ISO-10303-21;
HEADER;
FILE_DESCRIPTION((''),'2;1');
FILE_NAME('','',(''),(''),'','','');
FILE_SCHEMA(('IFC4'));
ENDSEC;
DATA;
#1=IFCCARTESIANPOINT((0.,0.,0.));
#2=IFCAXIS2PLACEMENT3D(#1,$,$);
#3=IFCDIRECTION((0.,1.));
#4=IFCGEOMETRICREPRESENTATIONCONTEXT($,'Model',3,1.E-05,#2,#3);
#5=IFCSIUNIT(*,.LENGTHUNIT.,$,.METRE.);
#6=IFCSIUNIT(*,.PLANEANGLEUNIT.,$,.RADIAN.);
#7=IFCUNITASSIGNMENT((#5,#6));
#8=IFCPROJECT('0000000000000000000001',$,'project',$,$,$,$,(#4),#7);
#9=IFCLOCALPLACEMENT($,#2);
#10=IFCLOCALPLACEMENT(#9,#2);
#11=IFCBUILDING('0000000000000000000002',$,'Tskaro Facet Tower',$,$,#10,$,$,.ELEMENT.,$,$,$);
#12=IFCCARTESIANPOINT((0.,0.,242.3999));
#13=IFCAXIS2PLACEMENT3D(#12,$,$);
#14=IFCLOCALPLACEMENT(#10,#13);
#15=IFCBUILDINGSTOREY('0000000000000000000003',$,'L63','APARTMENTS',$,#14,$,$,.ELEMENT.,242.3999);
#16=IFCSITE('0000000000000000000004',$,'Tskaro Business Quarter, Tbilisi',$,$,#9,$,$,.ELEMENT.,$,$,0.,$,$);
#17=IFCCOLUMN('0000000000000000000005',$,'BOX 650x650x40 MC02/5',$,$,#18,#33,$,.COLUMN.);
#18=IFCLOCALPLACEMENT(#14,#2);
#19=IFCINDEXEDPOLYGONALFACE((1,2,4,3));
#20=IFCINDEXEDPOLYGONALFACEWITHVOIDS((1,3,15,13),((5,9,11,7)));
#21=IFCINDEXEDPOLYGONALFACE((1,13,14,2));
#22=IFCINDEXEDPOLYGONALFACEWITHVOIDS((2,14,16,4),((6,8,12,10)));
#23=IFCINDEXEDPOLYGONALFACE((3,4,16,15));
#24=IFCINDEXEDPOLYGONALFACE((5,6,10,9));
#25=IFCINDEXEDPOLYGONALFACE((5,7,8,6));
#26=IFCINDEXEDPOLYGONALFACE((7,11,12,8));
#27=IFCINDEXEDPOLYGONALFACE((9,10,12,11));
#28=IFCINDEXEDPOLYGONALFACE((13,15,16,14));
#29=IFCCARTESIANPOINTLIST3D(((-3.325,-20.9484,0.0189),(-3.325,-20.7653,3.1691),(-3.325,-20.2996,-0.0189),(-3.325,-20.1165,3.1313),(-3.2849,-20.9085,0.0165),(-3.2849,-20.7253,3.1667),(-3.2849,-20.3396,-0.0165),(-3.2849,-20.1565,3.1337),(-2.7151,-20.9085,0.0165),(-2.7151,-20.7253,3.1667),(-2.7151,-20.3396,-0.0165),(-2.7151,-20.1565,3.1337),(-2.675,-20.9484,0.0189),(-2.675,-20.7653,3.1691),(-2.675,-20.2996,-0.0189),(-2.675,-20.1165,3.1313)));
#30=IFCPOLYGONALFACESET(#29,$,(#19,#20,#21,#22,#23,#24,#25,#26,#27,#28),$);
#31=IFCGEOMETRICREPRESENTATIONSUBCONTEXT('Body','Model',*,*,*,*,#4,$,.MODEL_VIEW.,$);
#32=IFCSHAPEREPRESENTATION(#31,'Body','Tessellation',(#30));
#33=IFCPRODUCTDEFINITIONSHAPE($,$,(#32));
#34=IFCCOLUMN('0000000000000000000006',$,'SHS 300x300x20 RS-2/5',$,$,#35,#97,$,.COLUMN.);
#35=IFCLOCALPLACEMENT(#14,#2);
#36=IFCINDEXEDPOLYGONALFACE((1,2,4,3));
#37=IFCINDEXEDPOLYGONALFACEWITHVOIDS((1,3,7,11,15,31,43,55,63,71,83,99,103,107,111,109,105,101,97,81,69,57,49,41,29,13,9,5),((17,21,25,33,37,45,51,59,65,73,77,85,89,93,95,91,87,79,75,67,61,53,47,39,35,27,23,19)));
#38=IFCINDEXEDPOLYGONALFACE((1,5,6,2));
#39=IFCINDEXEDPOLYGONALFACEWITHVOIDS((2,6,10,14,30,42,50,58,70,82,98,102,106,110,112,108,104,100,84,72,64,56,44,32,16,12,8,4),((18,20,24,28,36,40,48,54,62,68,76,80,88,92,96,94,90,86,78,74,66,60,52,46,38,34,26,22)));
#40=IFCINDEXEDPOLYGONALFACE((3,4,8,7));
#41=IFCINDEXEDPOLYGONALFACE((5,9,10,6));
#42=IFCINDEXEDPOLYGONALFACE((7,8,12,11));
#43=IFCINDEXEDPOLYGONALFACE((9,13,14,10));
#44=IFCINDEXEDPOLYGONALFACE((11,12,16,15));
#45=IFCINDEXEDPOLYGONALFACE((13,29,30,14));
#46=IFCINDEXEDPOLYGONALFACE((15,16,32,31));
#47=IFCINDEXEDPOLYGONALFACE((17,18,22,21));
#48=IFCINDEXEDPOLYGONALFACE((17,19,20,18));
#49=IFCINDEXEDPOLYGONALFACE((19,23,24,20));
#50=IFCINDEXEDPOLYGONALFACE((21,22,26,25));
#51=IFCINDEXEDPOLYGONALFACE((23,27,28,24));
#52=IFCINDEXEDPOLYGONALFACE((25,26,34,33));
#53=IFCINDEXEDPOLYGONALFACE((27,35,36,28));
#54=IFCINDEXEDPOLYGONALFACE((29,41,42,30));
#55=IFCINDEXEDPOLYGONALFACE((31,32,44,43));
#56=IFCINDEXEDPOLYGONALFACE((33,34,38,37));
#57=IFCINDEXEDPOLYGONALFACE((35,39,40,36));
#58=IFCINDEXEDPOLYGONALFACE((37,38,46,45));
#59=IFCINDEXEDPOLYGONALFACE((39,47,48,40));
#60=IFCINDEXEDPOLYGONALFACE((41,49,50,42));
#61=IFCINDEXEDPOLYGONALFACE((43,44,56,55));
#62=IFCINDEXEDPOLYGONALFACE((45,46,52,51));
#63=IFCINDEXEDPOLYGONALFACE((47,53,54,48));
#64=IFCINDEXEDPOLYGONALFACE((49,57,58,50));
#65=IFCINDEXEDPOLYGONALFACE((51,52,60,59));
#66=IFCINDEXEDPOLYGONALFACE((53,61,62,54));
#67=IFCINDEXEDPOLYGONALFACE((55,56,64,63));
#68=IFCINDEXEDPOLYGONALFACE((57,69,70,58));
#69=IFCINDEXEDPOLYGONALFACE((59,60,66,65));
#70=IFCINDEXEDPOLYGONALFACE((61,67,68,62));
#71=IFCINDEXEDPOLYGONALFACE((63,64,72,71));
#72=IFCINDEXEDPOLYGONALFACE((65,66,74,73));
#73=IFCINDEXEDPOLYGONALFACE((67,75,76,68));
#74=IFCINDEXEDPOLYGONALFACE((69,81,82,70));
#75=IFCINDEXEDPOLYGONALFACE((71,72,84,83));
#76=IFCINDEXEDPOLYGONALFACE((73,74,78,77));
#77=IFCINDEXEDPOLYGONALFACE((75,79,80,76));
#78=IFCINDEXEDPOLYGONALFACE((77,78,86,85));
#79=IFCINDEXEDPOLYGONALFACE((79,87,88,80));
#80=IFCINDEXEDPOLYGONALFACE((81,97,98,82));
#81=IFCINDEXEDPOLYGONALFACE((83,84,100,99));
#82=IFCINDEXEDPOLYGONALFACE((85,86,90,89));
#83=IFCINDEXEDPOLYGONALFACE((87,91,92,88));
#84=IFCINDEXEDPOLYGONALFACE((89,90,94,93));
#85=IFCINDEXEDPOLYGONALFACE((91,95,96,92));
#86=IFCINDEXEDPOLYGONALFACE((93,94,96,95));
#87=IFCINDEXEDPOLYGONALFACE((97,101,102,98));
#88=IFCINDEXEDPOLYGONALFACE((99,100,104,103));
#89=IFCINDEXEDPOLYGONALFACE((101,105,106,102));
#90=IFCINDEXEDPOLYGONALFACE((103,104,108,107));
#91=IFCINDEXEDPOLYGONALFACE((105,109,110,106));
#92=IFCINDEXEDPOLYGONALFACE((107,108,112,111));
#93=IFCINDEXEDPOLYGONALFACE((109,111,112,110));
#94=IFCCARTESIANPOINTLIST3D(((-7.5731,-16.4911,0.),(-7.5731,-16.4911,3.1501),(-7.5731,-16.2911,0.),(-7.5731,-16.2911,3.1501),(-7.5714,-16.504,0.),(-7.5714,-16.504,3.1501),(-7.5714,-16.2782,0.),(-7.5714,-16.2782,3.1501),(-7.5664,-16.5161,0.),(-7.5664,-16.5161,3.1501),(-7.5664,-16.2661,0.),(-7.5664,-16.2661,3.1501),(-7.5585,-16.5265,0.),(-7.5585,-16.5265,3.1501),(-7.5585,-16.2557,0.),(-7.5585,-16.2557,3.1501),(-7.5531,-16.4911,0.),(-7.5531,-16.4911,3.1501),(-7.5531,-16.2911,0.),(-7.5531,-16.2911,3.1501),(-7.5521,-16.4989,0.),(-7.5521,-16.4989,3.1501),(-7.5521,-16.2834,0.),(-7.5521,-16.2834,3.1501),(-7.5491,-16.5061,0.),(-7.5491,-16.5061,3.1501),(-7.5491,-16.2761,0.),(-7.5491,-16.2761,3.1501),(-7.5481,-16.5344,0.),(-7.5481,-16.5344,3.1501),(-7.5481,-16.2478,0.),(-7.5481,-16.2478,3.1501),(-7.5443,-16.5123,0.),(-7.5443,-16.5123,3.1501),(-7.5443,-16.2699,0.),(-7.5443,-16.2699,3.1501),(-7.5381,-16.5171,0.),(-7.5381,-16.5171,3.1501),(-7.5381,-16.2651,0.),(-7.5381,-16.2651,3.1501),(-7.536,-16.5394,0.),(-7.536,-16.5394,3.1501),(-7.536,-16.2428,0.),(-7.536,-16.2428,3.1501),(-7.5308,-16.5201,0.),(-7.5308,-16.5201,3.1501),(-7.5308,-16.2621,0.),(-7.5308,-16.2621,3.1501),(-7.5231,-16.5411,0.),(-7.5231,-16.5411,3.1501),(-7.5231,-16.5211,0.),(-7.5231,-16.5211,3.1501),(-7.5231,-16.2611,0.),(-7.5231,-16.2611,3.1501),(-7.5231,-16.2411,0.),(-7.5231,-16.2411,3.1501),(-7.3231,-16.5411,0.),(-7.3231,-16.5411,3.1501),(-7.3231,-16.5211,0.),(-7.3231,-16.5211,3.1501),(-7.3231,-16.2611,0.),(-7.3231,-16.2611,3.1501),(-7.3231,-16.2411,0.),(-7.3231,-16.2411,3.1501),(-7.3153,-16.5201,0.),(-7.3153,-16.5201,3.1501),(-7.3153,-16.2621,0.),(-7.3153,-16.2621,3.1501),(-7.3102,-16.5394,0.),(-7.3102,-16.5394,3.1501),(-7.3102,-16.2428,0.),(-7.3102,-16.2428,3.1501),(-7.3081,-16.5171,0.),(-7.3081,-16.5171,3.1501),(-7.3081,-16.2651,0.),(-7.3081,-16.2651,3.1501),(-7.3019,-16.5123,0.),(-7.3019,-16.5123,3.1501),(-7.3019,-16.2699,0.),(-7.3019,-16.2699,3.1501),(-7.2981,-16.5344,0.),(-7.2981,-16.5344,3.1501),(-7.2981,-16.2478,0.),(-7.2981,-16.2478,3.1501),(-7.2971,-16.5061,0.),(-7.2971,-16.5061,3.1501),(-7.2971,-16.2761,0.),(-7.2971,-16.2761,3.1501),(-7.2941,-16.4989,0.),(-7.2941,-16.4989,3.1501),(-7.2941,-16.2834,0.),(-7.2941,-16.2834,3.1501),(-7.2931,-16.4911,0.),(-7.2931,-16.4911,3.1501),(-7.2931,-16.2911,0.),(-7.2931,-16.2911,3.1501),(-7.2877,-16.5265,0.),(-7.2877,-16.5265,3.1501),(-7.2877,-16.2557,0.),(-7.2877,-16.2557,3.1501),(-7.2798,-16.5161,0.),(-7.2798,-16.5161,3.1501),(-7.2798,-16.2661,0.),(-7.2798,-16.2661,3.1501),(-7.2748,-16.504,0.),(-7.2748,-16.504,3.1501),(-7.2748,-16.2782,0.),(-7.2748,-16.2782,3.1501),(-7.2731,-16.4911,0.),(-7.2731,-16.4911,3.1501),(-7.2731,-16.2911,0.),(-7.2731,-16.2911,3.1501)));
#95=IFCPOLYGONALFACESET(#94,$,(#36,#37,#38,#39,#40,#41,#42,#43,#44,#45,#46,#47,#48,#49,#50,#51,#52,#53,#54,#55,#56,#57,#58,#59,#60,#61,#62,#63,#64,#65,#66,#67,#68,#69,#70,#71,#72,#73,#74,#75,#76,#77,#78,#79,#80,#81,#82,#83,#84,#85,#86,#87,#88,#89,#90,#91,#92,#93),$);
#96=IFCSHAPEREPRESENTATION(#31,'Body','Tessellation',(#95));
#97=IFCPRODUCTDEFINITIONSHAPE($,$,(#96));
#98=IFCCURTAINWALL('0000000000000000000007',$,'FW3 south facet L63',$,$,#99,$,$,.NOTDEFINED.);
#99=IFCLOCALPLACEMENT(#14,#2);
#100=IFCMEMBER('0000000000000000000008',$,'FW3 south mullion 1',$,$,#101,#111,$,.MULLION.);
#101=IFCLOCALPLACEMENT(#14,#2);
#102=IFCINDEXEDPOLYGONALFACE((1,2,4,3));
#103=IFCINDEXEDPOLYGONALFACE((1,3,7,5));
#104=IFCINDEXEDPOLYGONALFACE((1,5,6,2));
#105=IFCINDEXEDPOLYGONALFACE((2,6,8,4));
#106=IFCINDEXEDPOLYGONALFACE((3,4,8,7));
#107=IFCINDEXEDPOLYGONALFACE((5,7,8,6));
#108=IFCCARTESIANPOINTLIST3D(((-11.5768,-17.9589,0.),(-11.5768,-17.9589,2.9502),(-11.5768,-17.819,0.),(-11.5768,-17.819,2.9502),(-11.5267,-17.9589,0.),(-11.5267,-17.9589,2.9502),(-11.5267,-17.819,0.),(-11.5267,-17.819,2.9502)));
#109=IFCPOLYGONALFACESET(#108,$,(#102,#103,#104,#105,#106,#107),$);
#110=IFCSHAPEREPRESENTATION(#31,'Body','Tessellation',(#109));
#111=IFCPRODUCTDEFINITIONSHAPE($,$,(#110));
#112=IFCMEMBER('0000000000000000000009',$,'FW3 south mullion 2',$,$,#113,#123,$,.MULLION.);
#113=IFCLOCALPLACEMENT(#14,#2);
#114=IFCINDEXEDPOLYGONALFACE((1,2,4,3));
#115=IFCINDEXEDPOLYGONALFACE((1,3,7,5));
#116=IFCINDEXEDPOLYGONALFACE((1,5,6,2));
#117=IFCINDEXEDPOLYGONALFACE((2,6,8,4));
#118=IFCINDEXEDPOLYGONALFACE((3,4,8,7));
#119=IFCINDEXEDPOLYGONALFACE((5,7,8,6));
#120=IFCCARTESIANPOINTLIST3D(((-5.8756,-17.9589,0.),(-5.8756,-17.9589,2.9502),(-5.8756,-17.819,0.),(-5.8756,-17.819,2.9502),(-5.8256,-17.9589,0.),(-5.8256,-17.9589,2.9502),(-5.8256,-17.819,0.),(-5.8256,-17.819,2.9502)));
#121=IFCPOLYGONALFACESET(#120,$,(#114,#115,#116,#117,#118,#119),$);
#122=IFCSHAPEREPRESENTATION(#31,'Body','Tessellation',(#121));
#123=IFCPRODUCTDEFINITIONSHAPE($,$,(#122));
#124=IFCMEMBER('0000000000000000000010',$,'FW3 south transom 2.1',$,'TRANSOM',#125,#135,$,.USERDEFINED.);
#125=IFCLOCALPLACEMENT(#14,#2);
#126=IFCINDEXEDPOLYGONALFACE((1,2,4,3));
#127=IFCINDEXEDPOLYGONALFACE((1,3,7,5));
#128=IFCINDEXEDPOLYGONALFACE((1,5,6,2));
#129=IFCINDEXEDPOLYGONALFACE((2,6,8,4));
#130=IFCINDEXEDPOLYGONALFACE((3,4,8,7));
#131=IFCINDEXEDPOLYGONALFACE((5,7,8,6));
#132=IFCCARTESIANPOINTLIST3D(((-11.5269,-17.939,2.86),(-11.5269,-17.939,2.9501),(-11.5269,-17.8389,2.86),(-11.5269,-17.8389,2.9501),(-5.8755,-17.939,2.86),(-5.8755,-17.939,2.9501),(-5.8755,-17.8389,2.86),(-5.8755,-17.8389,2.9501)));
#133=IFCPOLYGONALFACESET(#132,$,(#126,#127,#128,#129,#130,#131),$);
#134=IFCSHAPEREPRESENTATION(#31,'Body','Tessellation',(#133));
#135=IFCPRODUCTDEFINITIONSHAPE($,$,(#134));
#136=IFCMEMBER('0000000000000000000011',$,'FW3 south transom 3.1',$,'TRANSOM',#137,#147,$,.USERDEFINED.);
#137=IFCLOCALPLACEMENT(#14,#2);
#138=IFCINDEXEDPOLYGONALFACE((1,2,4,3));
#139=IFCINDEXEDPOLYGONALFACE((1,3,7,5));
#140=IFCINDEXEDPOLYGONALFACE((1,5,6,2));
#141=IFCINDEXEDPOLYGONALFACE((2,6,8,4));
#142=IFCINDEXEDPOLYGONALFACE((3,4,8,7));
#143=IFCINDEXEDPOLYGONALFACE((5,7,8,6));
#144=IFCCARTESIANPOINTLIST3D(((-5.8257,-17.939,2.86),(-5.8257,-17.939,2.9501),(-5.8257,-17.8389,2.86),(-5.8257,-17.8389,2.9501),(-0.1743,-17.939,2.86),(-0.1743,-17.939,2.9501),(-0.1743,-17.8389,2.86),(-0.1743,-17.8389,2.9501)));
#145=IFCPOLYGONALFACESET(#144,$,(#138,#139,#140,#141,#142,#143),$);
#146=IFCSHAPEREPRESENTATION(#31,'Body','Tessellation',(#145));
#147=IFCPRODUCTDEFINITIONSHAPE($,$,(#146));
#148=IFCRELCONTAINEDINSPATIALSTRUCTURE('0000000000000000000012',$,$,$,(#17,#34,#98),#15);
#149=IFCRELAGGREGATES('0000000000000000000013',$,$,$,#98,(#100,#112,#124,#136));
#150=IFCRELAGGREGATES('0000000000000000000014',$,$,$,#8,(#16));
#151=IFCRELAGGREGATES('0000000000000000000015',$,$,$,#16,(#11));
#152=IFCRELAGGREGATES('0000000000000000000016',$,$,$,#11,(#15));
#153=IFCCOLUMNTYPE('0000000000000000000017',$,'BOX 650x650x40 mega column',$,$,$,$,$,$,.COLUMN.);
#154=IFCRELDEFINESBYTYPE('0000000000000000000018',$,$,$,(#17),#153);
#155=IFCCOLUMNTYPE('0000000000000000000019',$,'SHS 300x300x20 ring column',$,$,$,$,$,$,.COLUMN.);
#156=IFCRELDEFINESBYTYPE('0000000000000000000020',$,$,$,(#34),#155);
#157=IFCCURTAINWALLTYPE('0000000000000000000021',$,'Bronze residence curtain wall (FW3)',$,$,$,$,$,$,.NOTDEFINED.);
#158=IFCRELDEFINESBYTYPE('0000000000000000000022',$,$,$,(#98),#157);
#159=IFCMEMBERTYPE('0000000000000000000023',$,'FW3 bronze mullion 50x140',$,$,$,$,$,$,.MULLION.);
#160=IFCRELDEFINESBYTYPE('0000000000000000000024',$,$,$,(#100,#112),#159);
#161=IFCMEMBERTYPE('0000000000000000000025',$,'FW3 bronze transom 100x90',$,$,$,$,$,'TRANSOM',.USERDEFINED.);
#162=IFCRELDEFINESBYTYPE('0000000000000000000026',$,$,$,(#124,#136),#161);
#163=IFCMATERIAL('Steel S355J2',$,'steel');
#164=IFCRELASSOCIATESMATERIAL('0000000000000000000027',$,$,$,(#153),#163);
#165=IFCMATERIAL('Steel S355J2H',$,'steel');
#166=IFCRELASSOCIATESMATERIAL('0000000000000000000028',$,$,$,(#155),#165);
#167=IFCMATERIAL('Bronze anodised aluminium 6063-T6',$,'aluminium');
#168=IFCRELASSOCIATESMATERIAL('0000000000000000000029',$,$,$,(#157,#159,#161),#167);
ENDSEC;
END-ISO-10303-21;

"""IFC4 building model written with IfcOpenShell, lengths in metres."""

from ifc_helpers import new_model, si_unit, direction, frame, origin, origin_2d, place, context, subcontext, project, spatial, rectangle, hollow_rectangle, extrude, material, material_profile, profile_set, type_object, element, aggregate, save


model = new_model("IFC4")

# Units and contexts
model_context = context("Model", 3, precision=1e-05, world=origin(), true_north=direction((0.0, 1.0)))
body_context = subcontext(model_context, "Body", "Model", "MODEL_VIEW")
ifc_project = project(units=[si_unit("LENGTHUNIT", "METRE"), si_unit("PLANEANGLEUNIT", "RADIAN")], contexts=[model_context])

# Site, building, storey
site_placement = place(None, origin())
site = spatial("IfcSite", under=ifc_project, at=site_placement, Name="Tskaro Business Quarter, Tbilisi", CompositionType="ELEMENT", RefElevation=0.0)
building_placement = place(site_placement, origin())
building = spatial("IfcBuilding", under=site, at=building_placement, Name="Tskaro Facet Tower", CompositionType="ELEMENT")
storey_placement = place(building_placement, frame((0.0, 0.0, 242.3999)))
storey = spatial("IfcBuildingStorey", under=building, at=storey_placement, Name="L63", Description="APARTMENTS", CompositionType="ELEMENT", Elevation=242.3999)

# Columns
ifc_material_1 = material(Name="Steel S355J2", Category="steel")
ifc_material_profile_1 = material_profile(ifc_material_1, hollow_rectangle(XDim=0.6499, YDim=0.6499, WallThickness=0.04, at=origin_2d()), Name="BOX 650x650x40")
ifc_profile_set_1 = profile_set([ifc_material_profile_1], Name="Steel S355J2")
column_type_1 = type_object("IfcColumnType", Name="BOX 650x650x40 mega column", PredefinedType="COLUMN", material=ifc_profile_set_1)
column_1_placement = place(storey_placement, frame((-3.0, -20.624, 0.0), z_axis=(0.0, 0.058028, 0.998315), x_axis=(-1.0, 0.0, 0.0)))
element("IfcColumn", 1, at=column_1_placement, inside=storey, type_object=column_type_1, Name="BOX 650x650x40 MC02/5", PredefinedType="COLUMN", context=body_context, shape_type="SweptSolid", body=[
    extrude(hollow_rectangle(XDim=0.6499, YDim=0.6499, WallThickness=0.04, at=origin_2d()), origin(), (0.0, 0.0, 1.0), 3.1555),
])
ifc_material_2 = material(Name="Steel S355J2H", Category="steel")
ifc_material_profile_2 = material_profile(ifc_material_2, hollow_rectangle(XDim=0.3, YDim=0.3, WallThickness=0.02, InnerFilletRadius=0.03, OuterFilletRadius=0.05, at=origin_2d()), Name="SHS 300x300x20")
ifc_profile_set_2 = profile_set([ifc_material_profile_2], Name="Steel S355J2H")
column_type_2 = type_object("IfcColumnType", Name="SHS 300x300x20 ring column", PredefinedType="COLUMN", material=ifc_profile_set_2)
column_2_placement = place(storey_placement, frame((-7.4231, -16.3911, 0.0), z_axis=(0.0, 0.0, 1.0), x_axis=(1.0, 0.0, 0.0)))
element("IfcColumn", 2, at=column_2_placement, inside=storey, type_object=column_type_2, Name="SHS 300x300x20 RS-2/5", PredefinedType="COLUMN", context=body_context, shape_type="SweptSolid", body=[
    extrude(hollow_rectangle(XDim=0.3, YDim=0.3, WallThickness=0.02, InnerFilletRadius=0.03, OuterFilletRadius=0.05, at=origin_2d()), origin(), (0.0, 0.0, 1.0), 3.1501),
])

# Curtain wall, members
ifc_material_3 = material(Name="Bronze anodised aluminium 6063-T6", Category="aluminium")
curtain_wall_type = type_object("IfcCurtainWallType", Name="Bronze residence curtain wall (FW3)", PredefinedType="NOTDEFINED", material=ifc_material_3)
curtain_wall_placement = place(storey_placement, origin())
curtain_wall = element("IfcCurtainWall", 3, at=curtain_wall_placement, inside=storey, type_object=curtain_wall_type, Name="FW3 south facet L63", PredefinedType="NOTDEFINED")
ifc_material_profile_3 = material_profile(ifc_material_3, rectangle(XDim=0.05, YDim=0.1399, at=origin_2d()), Name="Mullion 50x140")
ifc_profile_set_3 = profile_set([ifc_material_profile_3], Name="Bronze anodised aluminium 6063-T6")
member_type_1 = type_object("IfcMemberType", Name="FW3 bronze mullion 50x140", PredefinedType="MULLION", material=ifc_profile_set_3)
member_1_placement = place(storey_placement, frame((-11.5518, -17.8889, 0.0), z_axis=(0.0, 0.0, 1.0), x_axis=(1.0, 0.0, 0.0)))
member_1 = element("IfcMember", 4, at=member_1_placement, type_object=member_type_1, Name="FW3 south mullion 1", PredefinedType="MULLION", context=body_context, shape_type="SweptSolid", body=[
    extrude(rectangle(XDim=0.05, YDim=0.1399, at=origin_2d()), origin(), (0.0, 0.0, 1.0), 2.9502),
])
member_2_placement = place(storey_placement, frame((-5.8506, -17.8889, 0.0), z_axis=(0.0, 0.0, 1.0), x_axis=(1.0, 0.0, 0.0)))
member_2 = element("IfcMember", 5, at=member_2_placement, type_object=member_type_1, Name="FW3 south mullion 2", PredefinedType="MULLION", context=body_context, shape_type="SweptSolid", body=[
    extrude(rectangle(XDim=0.05, YDim=0.1399, at=origin_2d()), origin(), (0.0, 0.0, 1.0), 2.9502),
])
ifc_material_profile_4 = material_profile(ifc_material_3, rectangle(XDim=0.1001, YDim=0.0901, at=origin_2d()), Name="Transom 100x90")
ifc_profile_set_4 = profile_set([ifc_material_profile_4], Name="Bronze anodised aluminium 6063-T6")
member_type_2 = type_object("IfcMemberType", Name="FW3 bronze transom 100x90", ElementType="TRANSOM", PredefinedType="USERDEFINED", material=ifc_profile_set_4)
member_3_placement = place(storey_placement, frame((-11.5269, -17.8889, 2.905), z_axis=(1.0, 0.0, 0.0), x_axis=(0.0, 1.0, 0.0)))
member_3 = element("IfcMember", 6, at=member_3_placement, type_object=member_type_2, Name="FW3 south transom 2.1", ObjectType="TRANSOM", PredefinedType="USERDEFINED", context=body_context, shape_type="SweptSolid", body=[
    extrude(rectangle(XDim=0.1001, YDim=0.0901, at=origin_2d()), origin(), (0.0, 0.0, 1.0), 5.6514),
])
member_4_placement = place(storey_placement, frame((-5.8257, -17.8889, 2.905), z_axis=(1.0, 0.0, 0.0), x_axis=(0.0, 1.0, 0.0)))
member_4 = element("IfcMember", 7, at=member_4_placement, type_object=member_type_2, Name="FW3 south transom 3.1", ObjectType="TRANSOM", PredefinedType="USERDEFINED", context=body_context, shape_type="SweptSolid", body=[
    extrude(rectangle(XDim=0.1001, YDim=0.0901, at=origin_2d()), origin(), (0.0, 0.0, 1.0), 5.6514),
])

aggregate(curtain_wall, [member_1, member_2, member_3, member_4])

save(model, "model.ifc")
